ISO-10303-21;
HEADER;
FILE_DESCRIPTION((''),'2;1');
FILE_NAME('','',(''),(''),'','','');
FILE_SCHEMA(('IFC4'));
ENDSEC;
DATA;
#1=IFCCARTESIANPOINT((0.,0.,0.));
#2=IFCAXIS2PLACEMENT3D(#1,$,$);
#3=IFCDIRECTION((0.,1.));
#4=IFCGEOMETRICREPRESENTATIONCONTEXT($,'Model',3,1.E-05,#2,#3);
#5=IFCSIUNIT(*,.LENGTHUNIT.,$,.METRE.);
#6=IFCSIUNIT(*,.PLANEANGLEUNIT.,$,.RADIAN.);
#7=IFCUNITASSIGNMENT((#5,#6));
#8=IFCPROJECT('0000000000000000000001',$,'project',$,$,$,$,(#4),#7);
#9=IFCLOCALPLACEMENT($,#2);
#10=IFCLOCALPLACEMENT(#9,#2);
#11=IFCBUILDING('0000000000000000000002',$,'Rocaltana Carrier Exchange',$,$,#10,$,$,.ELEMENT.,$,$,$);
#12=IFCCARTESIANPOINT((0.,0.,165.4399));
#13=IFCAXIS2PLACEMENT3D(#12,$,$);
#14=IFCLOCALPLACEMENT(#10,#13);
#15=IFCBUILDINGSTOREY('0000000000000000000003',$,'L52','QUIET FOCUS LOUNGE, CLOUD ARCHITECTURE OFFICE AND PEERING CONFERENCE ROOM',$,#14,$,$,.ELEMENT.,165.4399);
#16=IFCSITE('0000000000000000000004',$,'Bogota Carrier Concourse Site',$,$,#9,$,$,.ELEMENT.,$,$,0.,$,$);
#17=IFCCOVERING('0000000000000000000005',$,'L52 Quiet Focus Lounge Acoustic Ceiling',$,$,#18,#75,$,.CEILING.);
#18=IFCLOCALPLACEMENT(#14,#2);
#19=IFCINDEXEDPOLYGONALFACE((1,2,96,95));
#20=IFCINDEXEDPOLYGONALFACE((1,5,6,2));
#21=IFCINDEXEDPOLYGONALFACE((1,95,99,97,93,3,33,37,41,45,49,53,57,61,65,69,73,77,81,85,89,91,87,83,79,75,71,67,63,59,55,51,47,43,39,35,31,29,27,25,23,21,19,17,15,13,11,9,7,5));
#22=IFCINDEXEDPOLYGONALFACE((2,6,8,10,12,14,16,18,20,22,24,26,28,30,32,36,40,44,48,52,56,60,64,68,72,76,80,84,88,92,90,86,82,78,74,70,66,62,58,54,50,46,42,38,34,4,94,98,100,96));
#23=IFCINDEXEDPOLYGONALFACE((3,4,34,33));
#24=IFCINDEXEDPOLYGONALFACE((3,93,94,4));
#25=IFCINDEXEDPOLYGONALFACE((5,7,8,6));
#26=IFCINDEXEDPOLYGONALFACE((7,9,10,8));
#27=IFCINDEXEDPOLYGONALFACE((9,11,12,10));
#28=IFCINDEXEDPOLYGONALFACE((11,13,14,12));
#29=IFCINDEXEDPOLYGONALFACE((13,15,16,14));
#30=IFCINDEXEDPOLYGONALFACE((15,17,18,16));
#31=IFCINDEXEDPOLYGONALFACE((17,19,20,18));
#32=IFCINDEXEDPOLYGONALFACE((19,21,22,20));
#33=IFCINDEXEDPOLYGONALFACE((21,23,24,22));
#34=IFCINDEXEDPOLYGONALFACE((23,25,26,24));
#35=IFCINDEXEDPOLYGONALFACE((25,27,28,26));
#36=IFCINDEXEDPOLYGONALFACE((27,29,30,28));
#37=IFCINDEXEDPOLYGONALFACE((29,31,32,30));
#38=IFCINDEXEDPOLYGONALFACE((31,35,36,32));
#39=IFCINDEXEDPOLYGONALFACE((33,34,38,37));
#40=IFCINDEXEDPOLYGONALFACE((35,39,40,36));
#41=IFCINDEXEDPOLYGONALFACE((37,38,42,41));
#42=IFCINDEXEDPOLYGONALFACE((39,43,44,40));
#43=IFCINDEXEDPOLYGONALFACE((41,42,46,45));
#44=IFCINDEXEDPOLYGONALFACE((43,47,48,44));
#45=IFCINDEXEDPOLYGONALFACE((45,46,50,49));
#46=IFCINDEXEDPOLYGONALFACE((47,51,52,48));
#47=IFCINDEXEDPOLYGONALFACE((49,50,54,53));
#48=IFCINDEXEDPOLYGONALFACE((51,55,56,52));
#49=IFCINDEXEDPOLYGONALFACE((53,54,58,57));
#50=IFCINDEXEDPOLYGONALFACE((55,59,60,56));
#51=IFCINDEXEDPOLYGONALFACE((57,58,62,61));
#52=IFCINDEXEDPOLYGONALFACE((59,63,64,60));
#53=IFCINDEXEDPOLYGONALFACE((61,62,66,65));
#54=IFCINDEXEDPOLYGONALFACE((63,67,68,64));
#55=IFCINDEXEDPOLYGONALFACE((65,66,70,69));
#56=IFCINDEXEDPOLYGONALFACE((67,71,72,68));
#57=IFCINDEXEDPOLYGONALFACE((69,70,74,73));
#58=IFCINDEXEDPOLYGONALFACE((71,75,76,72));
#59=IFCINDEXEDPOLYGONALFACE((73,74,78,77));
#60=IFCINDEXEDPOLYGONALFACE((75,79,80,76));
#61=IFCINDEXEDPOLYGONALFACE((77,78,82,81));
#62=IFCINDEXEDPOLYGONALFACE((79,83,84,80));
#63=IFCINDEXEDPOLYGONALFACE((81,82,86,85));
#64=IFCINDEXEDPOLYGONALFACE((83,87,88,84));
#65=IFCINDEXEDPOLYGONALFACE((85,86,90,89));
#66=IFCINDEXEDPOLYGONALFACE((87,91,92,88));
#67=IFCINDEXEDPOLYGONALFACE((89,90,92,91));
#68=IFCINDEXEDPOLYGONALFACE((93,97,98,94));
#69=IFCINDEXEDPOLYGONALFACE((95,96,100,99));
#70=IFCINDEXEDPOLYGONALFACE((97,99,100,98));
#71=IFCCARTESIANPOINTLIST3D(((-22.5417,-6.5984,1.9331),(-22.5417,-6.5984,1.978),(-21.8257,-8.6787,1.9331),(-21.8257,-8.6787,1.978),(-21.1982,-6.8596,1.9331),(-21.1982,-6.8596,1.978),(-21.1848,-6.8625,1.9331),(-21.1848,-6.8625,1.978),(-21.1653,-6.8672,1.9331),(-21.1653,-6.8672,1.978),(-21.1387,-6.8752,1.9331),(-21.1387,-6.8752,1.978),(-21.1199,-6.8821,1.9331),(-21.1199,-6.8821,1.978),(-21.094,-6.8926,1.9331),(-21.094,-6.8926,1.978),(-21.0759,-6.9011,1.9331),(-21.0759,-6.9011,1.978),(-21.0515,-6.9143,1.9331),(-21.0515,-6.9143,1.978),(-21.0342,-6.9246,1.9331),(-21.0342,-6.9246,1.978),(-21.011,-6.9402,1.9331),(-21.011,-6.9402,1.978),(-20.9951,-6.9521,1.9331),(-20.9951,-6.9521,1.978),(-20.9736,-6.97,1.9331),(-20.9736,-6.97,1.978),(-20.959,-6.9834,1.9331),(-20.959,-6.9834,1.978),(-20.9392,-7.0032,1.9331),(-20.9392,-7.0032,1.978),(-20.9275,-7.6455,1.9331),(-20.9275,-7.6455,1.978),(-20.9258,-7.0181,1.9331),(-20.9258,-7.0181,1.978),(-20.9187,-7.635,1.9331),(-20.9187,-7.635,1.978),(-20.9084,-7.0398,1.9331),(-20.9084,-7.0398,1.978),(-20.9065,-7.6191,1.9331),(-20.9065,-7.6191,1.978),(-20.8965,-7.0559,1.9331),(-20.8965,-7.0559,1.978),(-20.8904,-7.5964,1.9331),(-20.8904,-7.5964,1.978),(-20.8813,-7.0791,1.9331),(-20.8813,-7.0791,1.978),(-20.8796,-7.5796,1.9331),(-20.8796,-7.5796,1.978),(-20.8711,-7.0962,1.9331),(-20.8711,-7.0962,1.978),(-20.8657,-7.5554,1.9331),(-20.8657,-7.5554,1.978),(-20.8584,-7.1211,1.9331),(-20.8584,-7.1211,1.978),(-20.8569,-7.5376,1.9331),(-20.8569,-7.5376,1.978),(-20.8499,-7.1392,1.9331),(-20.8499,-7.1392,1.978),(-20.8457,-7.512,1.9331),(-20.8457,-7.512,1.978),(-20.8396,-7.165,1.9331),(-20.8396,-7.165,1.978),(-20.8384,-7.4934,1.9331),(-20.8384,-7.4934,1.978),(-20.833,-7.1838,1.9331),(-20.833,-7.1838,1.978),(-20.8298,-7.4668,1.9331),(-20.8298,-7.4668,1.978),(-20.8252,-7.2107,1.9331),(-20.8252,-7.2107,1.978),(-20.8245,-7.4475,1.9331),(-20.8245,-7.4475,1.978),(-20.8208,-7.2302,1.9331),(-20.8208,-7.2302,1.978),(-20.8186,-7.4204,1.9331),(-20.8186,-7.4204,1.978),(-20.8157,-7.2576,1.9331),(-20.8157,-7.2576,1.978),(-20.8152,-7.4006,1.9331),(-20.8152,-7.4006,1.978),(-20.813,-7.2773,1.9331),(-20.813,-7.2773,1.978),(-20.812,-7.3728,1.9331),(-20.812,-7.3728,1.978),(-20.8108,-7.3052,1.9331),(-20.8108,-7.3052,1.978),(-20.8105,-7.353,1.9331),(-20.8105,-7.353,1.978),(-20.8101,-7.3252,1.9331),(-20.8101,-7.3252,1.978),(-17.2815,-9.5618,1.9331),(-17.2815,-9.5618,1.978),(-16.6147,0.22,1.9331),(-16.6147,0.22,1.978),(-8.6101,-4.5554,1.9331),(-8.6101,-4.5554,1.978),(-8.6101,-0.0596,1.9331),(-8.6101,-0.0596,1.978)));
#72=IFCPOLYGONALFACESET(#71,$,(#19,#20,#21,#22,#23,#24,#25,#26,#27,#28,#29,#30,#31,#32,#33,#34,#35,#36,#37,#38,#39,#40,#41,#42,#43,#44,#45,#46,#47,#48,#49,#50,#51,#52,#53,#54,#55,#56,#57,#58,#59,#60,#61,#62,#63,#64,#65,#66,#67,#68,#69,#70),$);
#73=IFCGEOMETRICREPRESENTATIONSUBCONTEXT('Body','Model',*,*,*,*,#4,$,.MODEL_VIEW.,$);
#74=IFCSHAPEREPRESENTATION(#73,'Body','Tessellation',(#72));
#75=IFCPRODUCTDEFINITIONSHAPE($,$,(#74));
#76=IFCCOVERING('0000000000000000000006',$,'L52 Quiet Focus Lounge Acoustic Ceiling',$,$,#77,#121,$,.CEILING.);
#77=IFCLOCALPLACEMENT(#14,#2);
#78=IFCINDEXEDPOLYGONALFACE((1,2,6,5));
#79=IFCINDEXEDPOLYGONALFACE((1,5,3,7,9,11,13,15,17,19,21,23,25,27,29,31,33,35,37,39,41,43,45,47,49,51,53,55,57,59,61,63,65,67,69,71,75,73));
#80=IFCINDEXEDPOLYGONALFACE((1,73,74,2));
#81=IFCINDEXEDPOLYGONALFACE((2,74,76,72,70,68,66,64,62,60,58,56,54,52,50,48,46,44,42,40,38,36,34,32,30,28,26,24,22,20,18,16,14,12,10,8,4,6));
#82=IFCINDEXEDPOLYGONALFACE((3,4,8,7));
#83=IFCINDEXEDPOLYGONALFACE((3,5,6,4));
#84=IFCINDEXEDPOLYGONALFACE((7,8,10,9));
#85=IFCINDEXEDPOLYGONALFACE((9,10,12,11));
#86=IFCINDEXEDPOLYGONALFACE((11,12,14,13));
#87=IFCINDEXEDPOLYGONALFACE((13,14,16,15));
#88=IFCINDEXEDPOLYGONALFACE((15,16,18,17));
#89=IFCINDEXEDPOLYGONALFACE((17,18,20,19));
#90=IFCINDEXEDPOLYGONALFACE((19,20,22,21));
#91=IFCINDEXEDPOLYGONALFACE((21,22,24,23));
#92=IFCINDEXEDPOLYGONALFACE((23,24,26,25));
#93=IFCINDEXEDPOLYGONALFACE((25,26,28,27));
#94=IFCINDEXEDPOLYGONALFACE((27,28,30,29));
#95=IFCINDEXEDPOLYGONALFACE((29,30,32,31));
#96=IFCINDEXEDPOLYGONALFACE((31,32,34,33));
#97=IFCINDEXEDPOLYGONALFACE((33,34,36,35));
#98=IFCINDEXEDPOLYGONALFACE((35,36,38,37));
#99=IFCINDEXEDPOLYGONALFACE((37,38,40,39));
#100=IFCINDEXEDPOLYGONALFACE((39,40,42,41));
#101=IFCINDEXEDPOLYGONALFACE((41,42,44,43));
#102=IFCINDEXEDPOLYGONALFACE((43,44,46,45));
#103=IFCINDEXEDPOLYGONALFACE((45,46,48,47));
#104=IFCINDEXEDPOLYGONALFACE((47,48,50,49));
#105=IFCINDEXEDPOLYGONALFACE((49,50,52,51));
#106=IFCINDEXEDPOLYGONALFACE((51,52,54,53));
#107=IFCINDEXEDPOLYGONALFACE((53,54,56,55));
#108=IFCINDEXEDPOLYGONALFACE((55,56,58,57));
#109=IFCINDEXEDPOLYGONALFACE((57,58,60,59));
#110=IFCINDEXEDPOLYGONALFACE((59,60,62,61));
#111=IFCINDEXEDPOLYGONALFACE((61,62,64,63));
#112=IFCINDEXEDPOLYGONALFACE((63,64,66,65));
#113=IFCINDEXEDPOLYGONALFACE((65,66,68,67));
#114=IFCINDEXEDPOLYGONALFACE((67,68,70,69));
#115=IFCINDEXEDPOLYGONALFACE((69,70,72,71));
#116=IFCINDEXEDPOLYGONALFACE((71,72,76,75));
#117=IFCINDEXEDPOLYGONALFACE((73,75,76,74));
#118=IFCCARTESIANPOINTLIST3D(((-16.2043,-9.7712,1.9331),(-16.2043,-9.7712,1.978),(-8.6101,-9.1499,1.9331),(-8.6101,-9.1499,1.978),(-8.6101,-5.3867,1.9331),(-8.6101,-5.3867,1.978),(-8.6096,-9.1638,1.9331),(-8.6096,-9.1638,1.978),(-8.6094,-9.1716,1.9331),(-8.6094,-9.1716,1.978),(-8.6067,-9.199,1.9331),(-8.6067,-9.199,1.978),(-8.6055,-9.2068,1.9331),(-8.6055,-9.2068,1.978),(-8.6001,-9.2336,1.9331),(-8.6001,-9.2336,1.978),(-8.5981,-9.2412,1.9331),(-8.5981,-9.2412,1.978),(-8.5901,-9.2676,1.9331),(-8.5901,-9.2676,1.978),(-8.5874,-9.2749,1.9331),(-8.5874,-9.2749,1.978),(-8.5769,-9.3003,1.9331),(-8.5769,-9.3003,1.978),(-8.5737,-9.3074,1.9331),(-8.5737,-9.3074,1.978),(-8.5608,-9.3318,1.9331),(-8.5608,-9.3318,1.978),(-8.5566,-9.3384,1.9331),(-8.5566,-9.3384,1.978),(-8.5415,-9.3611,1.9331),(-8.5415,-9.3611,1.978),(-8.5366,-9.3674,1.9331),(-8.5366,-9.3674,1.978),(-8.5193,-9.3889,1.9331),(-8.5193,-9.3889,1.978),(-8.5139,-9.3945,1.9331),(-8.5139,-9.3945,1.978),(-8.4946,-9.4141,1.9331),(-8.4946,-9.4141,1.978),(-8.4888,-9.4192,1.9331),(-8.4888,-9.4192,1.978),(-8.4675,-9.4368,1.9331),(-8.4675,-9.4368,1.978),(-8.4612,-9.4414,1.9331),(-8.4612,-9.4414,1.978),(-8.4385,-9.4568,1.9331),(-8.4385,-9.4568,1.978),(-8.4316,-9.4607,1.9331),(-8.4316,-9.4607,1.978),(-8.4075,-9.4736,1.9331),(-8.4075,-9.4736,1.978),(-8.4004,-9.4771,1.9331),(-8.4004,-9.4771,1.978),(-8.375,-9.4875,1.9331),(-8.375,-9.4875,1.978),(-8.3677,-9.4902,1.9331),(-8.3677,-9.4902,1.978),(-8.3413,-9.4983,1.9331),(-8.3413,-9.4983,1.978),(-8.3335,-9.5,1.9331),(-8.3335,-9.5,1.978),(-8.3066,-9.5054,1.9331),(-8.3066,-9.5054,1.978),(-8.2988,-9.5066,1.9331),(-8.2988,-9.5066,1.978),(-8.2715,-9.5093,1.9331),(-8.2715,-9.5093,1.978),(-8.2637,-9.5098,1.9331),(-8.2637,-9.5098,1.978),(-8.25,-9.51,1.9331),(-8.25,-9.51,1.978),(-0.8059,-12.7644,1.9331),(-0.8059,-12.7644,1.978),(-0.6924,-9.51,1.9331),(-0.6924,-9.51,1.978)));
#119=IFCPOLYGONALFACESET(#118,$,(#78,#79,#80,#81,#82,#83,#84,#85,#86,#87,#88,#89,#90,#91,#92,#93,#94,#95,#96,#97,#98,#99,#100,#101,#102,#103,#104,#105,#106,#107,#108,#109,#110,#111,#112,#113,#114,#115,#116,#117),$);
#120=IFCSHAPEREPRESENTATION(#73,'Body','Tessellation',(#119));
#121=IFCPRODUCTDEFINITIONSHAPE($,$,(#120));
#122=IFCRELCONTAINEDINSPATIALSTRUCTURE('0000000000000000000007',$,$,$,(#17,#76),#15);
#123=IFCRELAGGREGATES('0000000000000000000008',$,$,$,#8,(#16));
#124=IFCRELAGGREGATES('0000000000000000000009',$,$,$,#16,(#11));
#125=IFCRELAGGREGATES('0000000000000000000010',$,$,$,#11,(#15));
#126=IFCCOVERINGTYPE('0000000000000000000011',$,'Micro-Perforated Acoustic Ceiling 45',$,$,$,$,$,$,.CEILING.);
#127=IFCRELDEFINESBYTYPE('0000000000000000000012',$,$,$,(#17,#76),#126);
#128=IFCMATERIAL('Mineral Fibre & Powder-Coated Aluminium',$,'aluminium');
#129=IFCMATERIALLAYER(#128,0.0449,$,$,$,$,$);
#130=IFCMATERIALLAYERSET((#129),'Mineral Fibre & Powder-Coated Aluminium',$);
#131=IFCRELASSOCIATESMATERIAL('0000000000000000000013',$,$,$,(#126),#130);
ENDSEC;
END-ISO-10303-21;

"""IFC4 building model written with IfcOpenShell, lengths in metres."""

from ifc_helpers import new_model, si_unit, direction, frame, origin, place, context, subcontext, project, spatial, polyline, outline, extrude, material, layer, layer_set, type_object, element, save


model = new_model("IFC4")

# Units and contexts
model_context = context("Model", 3, precision=1e-05, world=origin(), true_north=direction((0.0, 1.0)))
body_context = subcontext(model_context, "Body", "Model", "MODEL_VIEW")
ifc_project = project(units=[si_unit("LENGTHUNIT", "METRE"), si_unit("PLANEANGLEUNIT", "RADIAN")], contexts=[model_context])

# Site, building, storey
site_placement = place(None, origin())
site = spatial("IfcSite", under=ifc_project, at=site_placement, Name="Bogota Carrier Concourse Site", CompositionType="ELEMENT", RefElevation=0.0)
building_placement = place(site_placement, origin())
building = spatial("IfcBuilding", under=site, at=building_placement, Name="Rocaltana Carrier Exchange", CompositionType="ELEMENT")
storey_placement = place(building_placement, frame((0.0, 0.0, 165.4399)))
storey = spatial("IfcBuildingStorey", under=building, at=storey_placement, Name="L52", Description="QUIET FOCUS LOUNGE, CLOUD ARCHITECTURE OFFICE AND PEERING CONFERENCE ROOM", CompositionType="ELEMENT", Elevation=165.4399)

# Coverings
ifc_material_1 = material(Name="Mineral Fibre & Powder-Coated Aluminium", Category="aluminium")
ifc_layer_1 = layer(ifc_material_1, 0.0449)
ifc_layer_set_1 = layer_set([ifc_layer_1], Name="Mineral Fibre & Powder-Coated Aluminium")
covering_type_1 = type_object("IfcCoveringType", Name="Micro-Perforated Acoustic Ceiling 45", PredefinedType="CEILING", material=ifc_layer_set_1)
covering_1_placement = place(storey_placement, frame((0.0, 0.0, 1.9331)))
element("IfcCovering", 1, at=covering_1_placement, inside=storey, type_object=covering_type_1, Name="L52 Quiet Focus Lounge Acoustic Ceiling", PredefinedType="CEILING", context=body_context, shape_type="SweptSolid", body=[
    extrude(outline(polyline([(-20.9275, -7.6455), (-20.9187, -7.635), (-20.9065, -7.6191), (-20.8904, -7.5964), (-20.8796, -7.5796), (-20.8657, -7.5554), (-20.8569, -7.5376), (-20.8457, -7.512), (-20.8384, -7.4934), (-20.8298, -7.4668), (-20.8245, -7.4475), (-20.8186, -7.4204), (-20.8152, -7.4006), (-20.812, -7.3728), (-20.8105, -7.353), (-20.8101, -7.3252), (-20.8108, -7.3052), (-20.813, -7.2773), (-20.8157, -7.2576), (-20.8208, -7.2302), (-20.8252, -7.2107), (-20.833, -7.1838), (-20.8396, -7.165), (-20.8499, -7.1392), (-20.8584, -7.1211), (-20.8711, -7.0962), (-20.8813, -7.0791), (-20.8965, -7.0559), (-20.9084, -7.0398), (-20.9258, -7.0181), (-20.9392, -7.0032), (-20.959, -6.9834), (-20.9736, -6.97), (-20.9951, -6.9521), (-21.011, -6.9402), (-21.0342, -6.9246), (-21.0515, -6.9143), (-21.0759, -6.9011), (-21.094, -6.8926), (-21.1199, -6.8821), (-21.1387, -6.8752), (-21.1653, -6.8672), (-21.1848, -6.8625), (-21.1982, -6.8596), (-22.5417, -6.5984), (-16.6147, 0.22), (-8.6101, -0.0596), (-8.6101, -4.5554), (-17.2815, -9.5618), (-21.8257, -8.6787), (-20.9275, -7.6455)])), origin(), (0.0, 0.0, 1.0), 0.0449),
])
covering_2_placement = place(storey_placement, frame((0.0, 0.0, 1.9331)))
element("IfcCovering", 2, at=covering_2_placement, inside=storey, type_object=covering_type_1, Name="L52 Quiet Focus Lounge Acoustic Ceiling", PredefinedType="CEILING", context=body_context, shape_type="SweptSolid", body=[
    extrude(outline(polyline([(-16.2043, -9.7712), (-8.6101, -5.3867), (-8.6101, -9.1499), (-8.6096, -9.1638), (-8.6094, -9.1716), (-8.6067, -9.199), (-8.6055, -9.2068), (-8.6001, -9.2336), (-8.5981, -9.2412), (-8.5901, -9.2676), (-8.5874, -9.2749), (-8.5769, -9.3003), (-8.5737, -9.3074), (-8.5608, -9.3318), (-8.5566, -9.3384), (-8.5415, -9.3611), (-8.5366, -9.3674), (-8.5193, -9.3889), (-8.5139, -9.3945), (-8.4946, -9.4141), (-8.4888, -9.4192), (-8.4675, -9.4368), (-8.4612, -9.4414), (-8.4385, -9.4568), (-8.4316, -9.4607), (-8.4075, -9.4736), (-8.4004, -9.4771), (-8.375, -9.4875), (-8.3677, -9.4902), (-8.3413, -9.4983), (-8.3335, -9.5), (-8.3066, -9.5054), (-8.2988, -9.5066), (-8.2715, -9.5093), (-8.2637, -9.5098), (-8.25, -9.51), (-0.6924, -9.51), (-0.8059, -12.7644), (-16.2043, -9.7712)])), origin(), (0.0, 0.0, 1.0), 0.0449),
])

save(model, "model.ifc")
